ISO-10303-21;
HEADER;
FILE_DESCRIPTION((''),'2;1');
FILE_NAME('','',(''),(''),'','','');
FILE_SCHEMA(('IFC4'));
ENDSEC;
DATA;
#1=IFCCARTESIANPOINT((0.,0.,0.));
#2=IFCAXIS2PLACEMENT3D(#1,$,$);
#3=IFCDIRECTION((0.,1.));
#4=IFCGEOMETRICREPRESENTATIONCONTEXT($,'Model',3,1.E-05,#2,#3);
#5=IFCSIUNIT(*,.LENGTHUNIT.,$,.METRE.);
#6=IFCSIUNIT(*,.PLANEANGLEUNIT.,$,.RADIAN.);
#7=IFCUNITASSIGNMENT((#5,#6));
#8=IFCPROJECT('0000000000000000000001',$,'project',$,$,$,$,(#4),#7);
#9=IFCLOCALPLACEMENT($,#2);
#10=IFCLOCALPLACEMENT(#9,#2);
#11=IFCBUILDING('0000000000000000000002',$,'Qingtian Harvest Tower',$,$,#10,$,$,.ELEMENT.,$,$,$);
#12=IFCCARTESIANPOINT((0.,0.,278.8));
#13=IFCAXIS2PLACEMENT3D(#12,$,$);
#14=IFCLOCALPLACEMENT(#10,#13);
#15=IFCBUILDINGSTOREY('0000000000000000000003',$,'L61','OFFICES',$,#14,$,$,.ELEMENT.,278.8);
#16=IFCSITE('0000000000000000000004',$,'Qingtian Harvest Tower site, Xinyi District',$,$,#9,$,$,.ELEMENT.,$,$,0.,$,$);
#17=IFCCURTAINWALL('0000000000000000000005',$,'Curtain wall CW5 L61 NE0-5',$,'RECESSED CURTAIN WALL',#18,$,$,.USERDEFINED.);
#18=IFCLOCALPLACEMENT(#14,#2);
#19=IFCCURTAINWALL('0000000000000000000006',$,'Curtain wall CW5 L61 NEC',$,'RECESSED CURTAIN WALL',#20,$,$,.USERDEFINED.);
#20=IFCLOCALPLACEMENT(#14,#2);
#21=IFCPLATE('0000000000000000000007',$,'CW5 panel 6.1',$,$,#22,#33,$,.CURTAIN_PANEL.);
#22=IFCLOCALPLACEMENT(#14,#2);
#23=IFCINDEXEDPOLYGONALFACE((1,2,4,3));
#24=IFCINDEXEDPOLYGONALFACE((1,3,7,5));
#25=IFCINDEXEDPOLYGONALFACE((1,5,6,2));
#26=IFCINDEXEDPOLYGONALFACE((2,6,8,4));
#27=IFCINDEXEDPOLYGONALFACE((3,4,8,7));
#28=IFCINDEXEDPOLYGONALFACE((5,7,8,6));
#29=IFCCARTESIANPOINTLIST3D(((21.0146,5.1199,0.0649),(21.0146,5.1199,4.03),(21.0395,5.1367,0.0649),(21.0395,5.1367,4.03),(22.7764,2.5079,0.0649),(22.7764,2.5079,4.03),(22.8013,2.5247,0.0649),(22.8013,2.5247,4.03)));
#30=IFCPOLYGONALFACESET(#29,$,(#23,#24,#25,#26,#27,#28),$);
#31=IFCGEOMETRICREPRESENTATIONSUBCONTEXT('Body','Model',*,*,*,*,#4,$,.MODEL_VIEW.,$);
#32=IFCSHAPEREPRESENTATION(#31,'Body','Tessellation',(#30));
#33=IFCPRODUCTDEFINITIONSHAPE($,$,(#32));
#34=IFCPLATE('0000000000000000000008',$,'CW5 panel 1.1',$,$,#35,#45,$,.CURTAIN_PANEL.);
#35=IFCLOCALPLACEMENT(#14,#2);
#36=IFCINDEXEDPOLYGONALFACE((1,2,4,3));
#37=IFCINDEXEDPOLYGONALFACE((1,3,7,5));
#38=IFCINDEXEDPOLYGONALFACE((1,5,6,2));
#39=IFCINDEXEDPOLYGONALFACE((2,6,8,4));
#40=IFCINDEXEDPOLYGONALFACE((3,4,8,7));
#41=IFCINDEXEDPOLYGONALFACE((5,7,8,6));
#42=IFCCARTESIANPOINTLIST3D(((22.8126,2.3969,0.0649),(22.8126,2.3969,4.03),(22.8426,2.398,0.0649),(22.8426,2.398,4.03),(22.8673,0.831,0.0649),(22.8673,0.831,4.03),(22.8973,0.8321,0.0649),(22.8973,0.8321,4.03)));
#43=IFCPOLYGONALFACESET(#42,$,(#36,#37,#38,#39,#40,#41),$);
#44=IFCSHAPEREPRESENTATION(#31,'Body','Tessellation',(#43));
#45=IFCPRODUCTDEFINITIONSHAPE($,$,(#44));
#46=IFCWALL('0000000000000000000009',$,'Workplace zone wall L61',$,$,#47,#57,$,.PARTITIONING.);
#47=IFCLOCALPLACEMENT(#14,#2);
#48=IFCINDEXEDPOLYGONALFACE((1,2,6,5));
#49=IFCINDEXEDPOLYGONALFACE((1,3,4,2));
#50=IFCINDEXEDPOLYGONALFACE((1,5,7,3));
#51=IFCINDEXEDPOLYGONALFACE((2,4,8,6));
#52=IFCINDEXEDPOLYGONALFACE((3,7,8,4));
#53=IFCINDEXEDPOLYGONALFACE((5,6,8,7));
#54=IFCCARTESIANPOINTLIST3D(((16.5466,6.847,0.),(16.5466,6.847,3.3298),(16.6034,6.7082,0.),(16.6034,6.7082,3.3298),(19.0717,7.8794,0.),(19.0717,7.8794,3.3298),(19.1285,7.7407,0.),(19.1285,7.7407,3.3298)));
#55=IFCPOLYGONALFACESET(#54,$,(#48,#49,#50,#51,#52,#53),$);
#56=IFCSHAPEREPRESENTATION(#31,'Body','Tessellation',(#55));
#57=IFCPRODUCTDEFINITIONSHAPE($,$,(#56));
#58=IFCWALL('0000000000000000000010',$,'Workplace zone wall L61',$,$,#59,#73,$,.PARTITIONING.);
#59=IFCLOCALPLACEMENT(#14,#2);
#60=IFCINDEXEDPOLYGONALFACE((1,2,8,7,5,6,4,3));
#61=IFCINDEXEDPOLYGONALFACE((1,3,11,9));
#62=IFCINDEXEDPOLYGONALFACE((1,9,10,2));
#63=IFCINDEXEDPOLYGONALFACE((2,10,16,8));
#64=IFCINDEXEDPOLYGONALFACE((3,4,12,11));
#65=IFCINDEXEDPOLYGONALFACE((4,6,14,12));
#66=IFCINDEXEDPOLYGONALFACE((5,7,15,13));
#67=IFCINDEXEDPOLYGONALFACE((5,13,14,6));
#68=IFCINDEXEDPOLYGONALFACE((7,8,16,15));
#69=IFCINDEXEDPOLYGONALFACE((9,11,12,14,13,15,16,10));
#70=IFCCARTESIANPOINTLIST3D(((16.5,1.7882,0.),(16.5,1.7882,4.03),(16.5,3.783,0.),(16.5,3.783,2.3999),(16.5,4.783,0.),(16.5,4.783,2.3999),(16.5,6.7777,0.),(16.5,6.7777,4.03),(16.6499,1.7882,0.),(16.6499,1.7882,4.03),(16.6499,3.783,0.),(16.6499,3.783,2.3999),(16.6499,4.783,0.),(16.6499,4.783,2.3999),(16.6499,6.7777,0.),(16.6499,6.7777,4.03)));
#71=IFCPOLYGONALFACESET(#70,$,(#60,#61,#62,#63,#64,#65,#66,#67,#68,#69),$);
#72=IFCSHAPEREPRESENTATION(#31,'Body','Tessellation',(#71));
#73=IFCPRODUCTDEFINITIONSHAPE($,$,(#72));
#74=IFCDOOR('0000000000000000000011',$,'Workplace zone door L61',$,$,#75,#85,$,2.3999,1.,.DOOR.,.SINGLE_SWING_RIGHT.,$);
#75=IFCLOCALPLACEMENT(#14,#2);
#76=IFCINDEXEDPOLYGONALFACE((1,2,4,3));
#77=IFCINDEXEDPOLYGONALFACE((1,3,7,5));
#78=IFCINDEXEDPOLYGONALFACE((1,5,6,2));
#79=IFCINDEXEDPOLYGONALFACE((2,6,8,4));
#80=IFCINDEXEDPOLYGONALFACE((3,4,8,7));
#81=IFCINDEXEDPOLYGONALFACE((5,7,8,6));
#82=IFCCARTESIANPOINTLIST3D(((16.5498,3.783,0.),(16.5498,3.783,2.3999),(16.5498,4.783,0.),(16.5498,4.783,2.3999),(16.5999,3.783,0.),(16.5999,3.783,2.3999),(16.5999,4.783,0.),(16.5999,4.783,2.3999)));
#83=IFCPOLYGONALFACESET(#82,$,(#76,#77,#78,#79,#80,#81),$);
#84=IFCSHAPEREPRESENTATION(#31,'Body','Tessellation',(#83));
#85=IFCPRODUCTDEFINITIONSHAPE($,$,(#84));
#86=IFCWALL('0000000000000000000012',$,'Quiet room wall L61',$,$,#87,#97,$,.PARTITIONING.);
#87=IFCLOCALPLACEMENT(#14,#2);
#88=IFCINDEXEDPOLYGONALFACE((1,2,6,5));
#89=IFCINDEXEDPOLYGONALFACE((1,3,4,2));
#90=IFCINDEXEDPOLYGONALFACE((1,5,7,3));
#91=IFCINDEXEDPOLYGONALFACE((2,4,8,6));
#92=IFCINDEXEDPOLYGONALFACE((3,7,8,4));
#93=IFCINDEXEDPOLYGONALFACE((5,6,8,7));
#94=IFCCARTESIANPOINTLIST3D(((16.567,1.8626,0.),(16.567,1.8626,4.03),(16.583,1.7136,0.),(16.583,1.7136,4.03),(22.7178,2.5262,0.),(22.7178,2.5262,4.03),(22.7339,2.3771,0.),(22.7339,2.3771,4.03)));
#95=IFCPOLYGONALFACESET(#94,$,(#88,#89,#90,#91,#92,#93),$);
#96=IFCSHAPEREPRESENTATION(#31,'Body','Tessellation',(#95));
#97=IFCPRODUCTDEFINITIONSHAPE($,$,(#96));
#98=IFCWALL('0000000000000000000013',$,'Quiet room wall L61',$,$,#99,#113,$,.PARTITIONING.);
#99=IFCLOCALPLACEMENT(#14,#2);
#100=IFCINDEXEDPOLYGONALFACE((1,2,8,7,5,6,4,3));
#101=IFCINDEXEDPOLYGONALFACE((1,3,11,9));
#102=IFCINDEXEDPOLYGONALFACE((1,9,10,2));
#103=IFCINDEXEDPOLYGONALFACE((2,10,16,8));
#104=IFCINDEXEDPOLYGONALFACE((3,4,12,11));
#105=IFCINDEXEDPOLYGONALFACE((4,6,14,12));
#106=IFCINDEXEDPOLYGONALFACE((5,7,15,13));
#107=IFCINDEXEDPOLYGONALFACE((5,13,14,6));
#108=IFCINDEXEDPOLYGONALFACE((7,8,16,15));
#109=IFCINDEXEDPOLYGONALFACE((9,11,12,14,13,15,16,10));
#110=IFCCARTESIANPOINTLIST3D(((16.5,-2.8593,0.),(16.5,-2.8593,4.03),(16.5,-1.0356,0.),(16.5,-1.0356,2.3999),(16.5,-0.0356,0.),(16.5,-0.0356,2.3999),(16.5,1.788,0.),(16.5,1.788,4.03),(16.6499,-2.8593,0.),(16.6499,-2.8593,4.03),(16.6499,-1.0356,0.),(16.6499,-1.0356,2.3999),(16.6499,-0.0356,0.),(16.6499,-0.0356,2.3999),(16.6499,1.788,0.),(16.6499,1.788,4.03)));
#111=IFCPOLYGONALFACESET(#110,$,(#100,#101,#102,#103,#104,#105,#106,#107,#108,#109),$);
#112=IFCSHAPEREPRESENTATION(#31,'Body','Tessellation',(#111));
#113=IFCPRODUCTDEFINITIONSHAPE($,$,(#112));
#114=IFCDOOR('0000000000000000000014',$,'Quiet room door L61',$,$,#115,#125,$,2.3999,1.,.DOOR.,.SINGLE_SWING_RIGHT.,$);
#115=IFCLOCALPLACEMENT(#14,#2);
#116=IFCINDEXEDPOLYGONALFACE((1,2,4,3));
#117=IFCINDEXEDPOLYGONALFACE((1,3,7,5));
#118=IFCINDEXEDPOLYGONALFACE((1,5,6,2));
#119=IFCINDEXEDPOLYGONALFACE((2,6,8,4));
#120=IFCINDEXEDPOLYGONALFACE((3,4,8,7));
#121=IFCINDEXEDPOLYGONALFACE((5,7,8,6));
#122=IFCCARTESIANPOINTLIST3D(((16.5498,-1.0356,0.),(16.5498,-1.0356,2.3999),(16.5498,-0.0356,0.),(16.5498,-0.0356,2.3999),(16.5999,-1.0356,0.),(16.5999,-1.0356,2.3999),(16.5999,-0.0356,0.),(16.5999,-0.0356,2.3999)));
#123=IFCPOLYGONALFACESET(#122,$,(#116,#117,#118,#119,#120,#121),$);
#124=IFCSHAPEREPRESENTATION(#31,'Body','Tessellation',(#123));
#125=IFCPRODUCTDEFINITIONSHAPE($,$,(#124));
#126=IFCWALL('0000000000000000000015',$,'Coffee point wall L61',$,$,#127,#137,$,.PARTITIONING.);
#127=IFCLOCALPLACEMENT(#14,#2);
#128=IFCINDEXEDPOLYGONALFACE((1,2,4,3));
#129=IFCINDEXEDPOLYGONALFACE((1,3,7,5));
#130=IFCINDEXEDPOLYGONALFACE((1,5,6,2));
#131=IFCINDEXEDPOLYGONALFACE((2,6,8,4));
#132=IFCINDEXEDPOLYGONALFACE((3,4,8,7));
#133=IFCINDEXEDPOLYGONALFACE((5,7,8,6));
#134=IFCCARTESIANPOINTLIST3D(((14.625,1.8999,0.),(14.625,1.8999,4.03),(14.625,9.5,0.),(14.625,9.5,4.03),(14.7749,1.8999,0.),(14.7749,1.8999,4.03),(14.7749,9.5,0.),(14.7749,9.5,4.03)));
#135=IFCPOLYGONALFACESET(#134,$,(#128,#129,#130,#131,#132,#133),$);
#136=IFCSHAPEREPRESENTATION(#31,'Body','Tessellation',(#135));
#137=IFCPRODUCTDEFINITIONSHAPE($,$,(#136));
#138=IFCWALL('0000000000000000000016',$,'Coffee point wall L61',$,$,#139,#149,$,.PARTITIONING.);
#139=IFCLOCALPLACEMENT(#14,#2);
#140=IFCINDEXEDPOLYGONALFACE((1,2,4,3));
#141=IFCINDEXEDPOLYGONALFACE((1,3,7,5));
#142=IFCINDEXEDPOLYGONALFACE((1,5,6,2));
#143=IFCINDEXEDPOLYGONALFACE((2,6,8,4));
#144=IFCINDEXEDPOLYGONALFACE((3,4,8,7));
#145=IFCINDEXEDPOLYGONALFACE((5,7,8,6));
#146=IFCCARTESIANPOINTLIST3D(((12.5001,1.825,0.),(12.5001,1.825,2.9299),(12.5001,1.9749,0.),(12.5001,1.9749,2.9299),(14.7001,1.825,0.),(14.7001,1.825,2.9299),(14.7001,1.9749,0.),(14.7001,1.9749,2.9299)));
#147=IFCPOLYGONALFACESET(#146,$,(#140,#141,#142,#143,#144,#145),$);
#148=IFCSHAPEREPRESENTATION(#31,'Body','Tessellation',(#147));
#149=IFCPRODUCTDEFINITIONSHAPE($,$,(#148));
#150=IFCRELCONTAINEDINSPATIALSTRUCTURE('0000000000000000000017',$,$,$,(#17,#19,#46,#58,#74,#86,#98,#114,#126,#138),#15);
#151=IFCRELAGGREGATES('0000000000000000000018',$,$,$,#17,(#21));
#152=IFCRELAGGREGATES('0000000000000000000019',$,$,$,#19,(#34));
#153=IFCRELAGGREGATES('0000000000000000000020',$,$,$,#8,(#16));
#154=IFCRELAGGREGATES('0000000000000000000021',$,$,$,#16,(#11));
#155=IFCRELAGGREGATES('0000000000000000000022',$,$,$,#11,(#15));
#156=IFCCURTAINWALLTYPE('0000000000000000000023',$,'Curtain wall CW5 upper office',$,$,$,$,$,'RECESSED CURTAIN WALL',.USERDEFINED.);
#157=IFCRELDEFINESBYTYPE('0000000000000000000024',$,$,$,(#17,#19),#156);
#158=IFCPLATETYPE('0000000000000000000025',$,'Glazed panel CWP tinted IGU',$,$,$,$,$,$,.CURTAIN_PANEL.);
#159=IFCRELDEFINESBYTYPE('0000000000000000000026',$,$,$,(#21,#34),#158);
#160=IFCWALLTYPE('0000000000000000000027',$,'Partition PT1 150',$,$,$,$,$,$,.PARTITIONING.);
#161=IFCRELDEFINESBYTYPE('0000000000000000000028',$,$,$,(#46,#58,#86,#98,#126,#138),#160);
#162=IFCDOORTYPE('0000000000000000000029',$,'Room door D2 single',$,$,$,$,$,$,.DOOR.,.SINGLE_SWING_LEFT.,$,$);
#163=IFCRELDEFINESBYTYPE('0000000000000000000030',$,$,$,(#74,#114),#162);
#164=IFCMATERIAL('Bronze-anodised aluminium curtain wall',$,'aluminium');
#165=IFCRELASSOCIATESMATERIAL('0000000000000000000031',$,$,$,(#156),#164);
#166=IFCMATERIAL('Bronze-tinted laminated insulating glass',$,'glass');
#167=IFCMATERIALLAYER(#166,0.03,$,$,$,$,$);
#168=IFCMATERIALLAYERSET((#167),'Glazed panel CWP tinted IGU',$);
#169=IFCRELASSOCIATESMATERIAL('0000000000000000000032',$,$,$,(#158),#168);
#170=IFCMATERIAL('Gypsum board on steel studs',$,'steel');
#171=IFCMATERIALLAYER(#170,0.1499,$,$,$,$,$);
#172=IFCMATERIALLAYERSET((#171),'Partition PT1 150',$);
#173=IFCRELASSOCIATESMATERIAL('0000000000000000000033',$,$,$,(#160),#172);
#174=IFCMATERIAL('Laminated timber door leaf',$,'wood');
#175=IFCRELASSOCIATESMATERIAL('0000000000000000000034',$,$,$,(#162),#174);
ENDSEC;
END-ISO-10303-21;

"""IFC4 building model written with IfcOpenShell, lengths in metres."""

from ifc_helpers import new_model, si_unit, direction, frame, frame_2d, origin, origin_2d, place, context, subcontext, project, spatial, rectangle, extrude, material, layer, layer_set, type_object, element, fill, aggregate, save


model = new_model("IFC4")

# Units and contexts
model_context = context("Model", 3, precision=1e-05, world=origin(), true_north=direction((0.0, 1.0)))
body_context = subcontext(model_context, "Body", "Model", "MODEL_VIEW")
ifc_project = project(units=[si_unit("LENGTHUNIT", "METRE"), si_unit("PLANEANGLEUNIT", "RADIAN")], contexts=[model_context])

# Site, building, storey
site_placement = place(None, origin())
site = spatial("IfcSite", under=ifc_project, at=site_placement, Name="Qingtian Harvest Tower site, Xinyi District", CompositionType="ELEMENT", RefElevation=0.0)
building_placement = place(site_placement, origin())
building = spatial("IfcBuilding", under=site, at=building_placement, Name="Qingtian Harvest Tower", CompositionType="ELEMENT")
storey_placement = place(building_placement, frame((0.0, 0.0, 278.8)))
storey = spatial("IfcBuildingStorey", under=building, at=storey_placement, Name="L61", Description="OFFICES", CompositionType="ELEMENT", Elevation=278.8)

# Curtain walls
ifc_material_1 = material(Name="Bronze-anodised aluminium curtain wall", Category="aluminium")
curtain_wall_type = type_object("IfcCurtainWallType", Name="Curtain wall CW5 upper office", ElementType="RECESSED CURTAIN WALL", PredefinedType="USERDEFINED", material=ifc_material_1)
curtain_wall_1_placement = place(storey_placement, origin())
curtain_wall_1 = element("IfcCurtainWall", 1, at=curtain_wall_1_placement, inside=storey, type_object=curtain_wall_type, Name="Curtain wall CW5 L61 NE0-5", ObjectType="RECESSED CURTAIN WALL", PredefinedType="USERDEFINED")
curtain_wall_2_placement = place(storey_placement, origin())
curtain_wall_2 = element("IfcCurtainWall", 2, at=curtain_wall_2_placement, inside=storey, type_object=curtain_wall_type, Name="Curtain wall CW5 L61 NEC", ObjectType="RECESSED CURTAIN WALL", PredefinedType="USERDEFINED")

# Plates
ifc_material_2 = material(Name="Bronze-tinted laminated insulating glass", Category="glass")
ifc_layer_1 = layer(ifc_material_2, 0.03)
ifc_layer_set_1 = layer_set([ifc_layer_1], Name="Glazed panel CWP tinted IGU")
plate_type = type_object("IfcPlateType", Name="Glazed panel CWP tinted IGU", PredefinedType="CURTAIN_PANEL", material=ifc_layer_set_1)
plate_1_placement = place(storey_placement, frame((21.908, 3.8223, 0.0649), z_axis=(0.0, 0.0, 1.0), x_axis=(0.559193, -0.829038, 0.0)))
plate_1 = element("IfcPlate", 3, at=plate_1_placement, type_object=plate_type, Name="CW5 panel 6.1", PredefinedType="CURTAIN_PANEL", context=body_context, shape_type="SweptSolid", body=[
    extrude(rectangle(XDim=3.1506, YDim=0.03, at=origin_2d()), origin(), (0.0, 0.0, 1.0), 3.9651),
])
aggregate(curtain_wall_1, [plate_1])
plate_2_placement = place(storey_placement, frame((22.855, 1.6145, 0.0649), z_axis=(0.0, 0.0, 1.0), x_axis=(0.034899, -0.999391, 0.0)))
plate_2 = element("IfcPlate", 4, at=plate_2_placement, type_object=plate_type, Name="CW5 panel 1.1", PredefinedType="CURTAIN_PANEL", context=body_context, shape_type="SweptSolid", body=[
    extrude(rectangle(XDim=1.5669, YDim=0.03, at=origin_2d()), origin(), (0.0, 0.0, 1.0), 3.9651),
])
aggregate(curtain_wall_2, [plate_2])

# Wall
ifc_material_3 = material(Name="Gypsum board on steel studs", Category="steel")
ifc_layer_2 = layer(ifc_material_3, 0.1499)
ifc_layer_set_2 = layer_set([ifc_layer_2], Name="Partition PT1 150")
wall_type = type_object("IfcWallType", Name="Partition PT1 150", PredefinedType="PARTITIONING", material=ifc_layer_set_2)
wall_1_placement = place(storey_placement, frame((19.1001, 7.8101, 0.0), z_axis=(0.0, 0.0, 1.0), x_axis=(-0.925617, -0.378462, 0.0)))
element("IfcWall", 5, at=wall_1_placement, inside=storey, type_object=wall_type, Name="Workplace zone wall L61", PredefinedType="PARTITIONING", context=body_context, shape_type="SweptSolid", body=[
    extrude(rectangle(XDim=2.728, YDim=0.1499, at=frame_2d((1.364, 0.0))), origin(), (0.0, 0.0, 1.0), 3.3298),
])

# Wall, opening, door
wall_2_placement = place(storey_placement, frame((16.575, 6.7776, 0.0), z_axis=(0.0, 0.0, 1.0), x_axis=(0.0, -1.0, 0.0)))
wall_2 = element("IfcWall", 6, at=wall_2_placement, inside=storey, type_object=wall_type, Name="Workplace zone wall L61", PredefinedType="PARTITIONING", context=body_context, shape_type="SweptSolid", body=[
    extrude(rectangle(XDim=4.9895, YDim=0.1499, at=frame_2d((2.4946, 0.0))), origin(), (0.0, 0.0, 1.0), 4.03),
])
opening_1_placement = place(wall_2_placement, frame((1.9946, 0.0, 0.0)))
opening_1 = element("IfcOpeningElement", 7, at=opening_1_placement, cuts=wall_2, PredefinedType="OPENING", context=body_context, shape_type="SweptSolid", body=[
    extrude(rectangle(XDim=1.0, YDim=2.3999, at=frame_2d((0.5, 1.2))), frame((0.0, 0.085, 0.0), z_axis=(0.0, -1.0, 0.0), x_axis=(1.0, 0.0, 0.0)), (0.0, 0.0, 1.0), 0.1699),
])
ifc_material_4 = material(Name="Laminated timber door leaf", Category="wood")
door_type = type_object("IfcDoorType", Name="Room door D2 single", OperationType="SINGLE_SWING_LEFT", PredefinedType="DOOR", material=ifc_material_4)
door_1_placement = place(opening_1_placement, origin())
door_1 = element("IfcDoor", 8, at=door_1_placement, inside=storey, type_object=door_type, Name="Workplace zone door L61", OperationType="SINGLE_SWING_RIGHT", OverallHeight=2.3999, OverallWidth=1.0, PredefinedType="DOOR", context=body_context, shape_type="SweptSolid", body=[
    extrude(rectangle(XDim=1.0, YDim=2.3999, at=frame_2d((0.5, 1.2))), frame((0.0, 0.0249, 0.0), z_axis=(0.0, -1.0, 0.0), x_axis=(1.0, 0.0, 0.0)), (0.0, 0.0, 1.0), 0.05),
])
fill(opening_1, door_1)

# Wall
wall_3_placement = place(storey_placement, frame((22.7258, 2.4517, 0.0), z_axis=(0.0, 0.0, 1.0), x_axis=(-0.994231, -0.10726, 0.0)))
element("IfcWall", 9, at=wall_3_placement, inside=storey, type_object=wall_type, Name="Quiet room wall L61", PredefinedType="PARTITIONING", context=body_context, shape_type="SweptSolid", body=[
    extrude(rectangle(XDim=6.1865, YDim=0.1499, at=frame_2d((3.0933, 0.0))), origin(), (0.0, 0.0, 1.0), 4.03),
])

# Wall, opening, door
wall_4_placement = place(storey_placement, frame((16.575, 1.7881, 0.0), z_axis=(0.0, 0.0, 1.0), x_axis=(0.0, -1.0, 0.0)))
wall_4 = element("IfcWall", 10, at=wall_4_placement, inside=storey, type_object=wall_type, Name="Quiet room wall L61", PredefinedType="PARTITIONING", context=body_context, shape_type="SweptSolid", body=[
    extrude(rectangle(XDim=4.6472, YDim=0.1499, at=frame_2d((2.3237, 0.0))), origin(), (0.0, 0.0, 1.0), 4.03),
])
opening_2_placement = place(wall_4_placement, frame((1.8237, 0.0, 0.0)))
opening_2 = element("IfcOpeningElement", 11, at=opening_2_placement, cuts=wall_4, PredefinedType="OPENING", context=body_context, shape_type="SweptSolid", body=[
    extrude(rectangle(XDim=1.0, YDim=2.3999, at=frame_2d((0.5, 1.2))), frame((0.0, 0.085, 0.0), z_axis=(0.0, -1.0, 0.0), x_axis=(1.0, 0.0, 0.0)), (0.0, 0.0, 1.0), 0.1699),
])
door_2_placement = place(opening_2_placement, origin())
door_2 = element("IfcDoor", 12, at=door_2_placement, inside=storey, type_object=door_type, Name="Quiet room door L61", OperationType="SINGLE_SWING_RIGHT", OverallHeight=2.3999, OverallWidth=1.0, PredefinedType="DOOR", context=body_context, shape_type="SweptSolid", body=[
    extrude(rectangle(XDim=1.0, YDim=2.3999, at=frame_2d((0.5, 1.2))), frame((0.0, 0.0249, 0.0), z_axis=(0.0, -1.0, 0.0), x_axis=(1.0, 0.0, 0.0)), (0.0, 0.0, 1.0), 0.05),
])
fill(opening_2, door_2)

# Walls
wall_5_placement = place(storey_placement, frame((14.7, 1.8999, 0.0), z_axis=(0.0, 0.0, 1.0), x_axis=(0.0, 1.0, 0.0)))
element("IfcWall", 13, at=wall_5_placement, inside=storey, type_object=wall_type, Name="Coffee point wall L61", PredefinedType="PARTITIONING", context=body_context, shape_type="SweptSolid", body=[
    extrude(rectangle(XDim=7.6001, YDim=0.1499, at=frame_2d((3.8, 0.0))), origin(), (0.0, 0.0, 1.0), 4.03),
])
wall_6_placement = place(storey_placement, frame((12.5, 1.8999, 0.0), z_axis=(0.0, 0.0, 1.0), x_axis=(1.0, 0.0, 0.0)))
element("IfcWall", 14, at=wall_6_placement, inside=storey, type_object=wall_type, Name="Coffee point wall L61", PredefinedType="PARTITIONING", context=body_context, shape_type="SweptSolid", body=[
    extrude(rectangle(XDim=2.2, YDim=0.1499, at=frame_2d((1.1001, 0.0))), origin(), (0.0, 0.0, 1.0), 2.9299),
])

save(model, "model.ifc")
